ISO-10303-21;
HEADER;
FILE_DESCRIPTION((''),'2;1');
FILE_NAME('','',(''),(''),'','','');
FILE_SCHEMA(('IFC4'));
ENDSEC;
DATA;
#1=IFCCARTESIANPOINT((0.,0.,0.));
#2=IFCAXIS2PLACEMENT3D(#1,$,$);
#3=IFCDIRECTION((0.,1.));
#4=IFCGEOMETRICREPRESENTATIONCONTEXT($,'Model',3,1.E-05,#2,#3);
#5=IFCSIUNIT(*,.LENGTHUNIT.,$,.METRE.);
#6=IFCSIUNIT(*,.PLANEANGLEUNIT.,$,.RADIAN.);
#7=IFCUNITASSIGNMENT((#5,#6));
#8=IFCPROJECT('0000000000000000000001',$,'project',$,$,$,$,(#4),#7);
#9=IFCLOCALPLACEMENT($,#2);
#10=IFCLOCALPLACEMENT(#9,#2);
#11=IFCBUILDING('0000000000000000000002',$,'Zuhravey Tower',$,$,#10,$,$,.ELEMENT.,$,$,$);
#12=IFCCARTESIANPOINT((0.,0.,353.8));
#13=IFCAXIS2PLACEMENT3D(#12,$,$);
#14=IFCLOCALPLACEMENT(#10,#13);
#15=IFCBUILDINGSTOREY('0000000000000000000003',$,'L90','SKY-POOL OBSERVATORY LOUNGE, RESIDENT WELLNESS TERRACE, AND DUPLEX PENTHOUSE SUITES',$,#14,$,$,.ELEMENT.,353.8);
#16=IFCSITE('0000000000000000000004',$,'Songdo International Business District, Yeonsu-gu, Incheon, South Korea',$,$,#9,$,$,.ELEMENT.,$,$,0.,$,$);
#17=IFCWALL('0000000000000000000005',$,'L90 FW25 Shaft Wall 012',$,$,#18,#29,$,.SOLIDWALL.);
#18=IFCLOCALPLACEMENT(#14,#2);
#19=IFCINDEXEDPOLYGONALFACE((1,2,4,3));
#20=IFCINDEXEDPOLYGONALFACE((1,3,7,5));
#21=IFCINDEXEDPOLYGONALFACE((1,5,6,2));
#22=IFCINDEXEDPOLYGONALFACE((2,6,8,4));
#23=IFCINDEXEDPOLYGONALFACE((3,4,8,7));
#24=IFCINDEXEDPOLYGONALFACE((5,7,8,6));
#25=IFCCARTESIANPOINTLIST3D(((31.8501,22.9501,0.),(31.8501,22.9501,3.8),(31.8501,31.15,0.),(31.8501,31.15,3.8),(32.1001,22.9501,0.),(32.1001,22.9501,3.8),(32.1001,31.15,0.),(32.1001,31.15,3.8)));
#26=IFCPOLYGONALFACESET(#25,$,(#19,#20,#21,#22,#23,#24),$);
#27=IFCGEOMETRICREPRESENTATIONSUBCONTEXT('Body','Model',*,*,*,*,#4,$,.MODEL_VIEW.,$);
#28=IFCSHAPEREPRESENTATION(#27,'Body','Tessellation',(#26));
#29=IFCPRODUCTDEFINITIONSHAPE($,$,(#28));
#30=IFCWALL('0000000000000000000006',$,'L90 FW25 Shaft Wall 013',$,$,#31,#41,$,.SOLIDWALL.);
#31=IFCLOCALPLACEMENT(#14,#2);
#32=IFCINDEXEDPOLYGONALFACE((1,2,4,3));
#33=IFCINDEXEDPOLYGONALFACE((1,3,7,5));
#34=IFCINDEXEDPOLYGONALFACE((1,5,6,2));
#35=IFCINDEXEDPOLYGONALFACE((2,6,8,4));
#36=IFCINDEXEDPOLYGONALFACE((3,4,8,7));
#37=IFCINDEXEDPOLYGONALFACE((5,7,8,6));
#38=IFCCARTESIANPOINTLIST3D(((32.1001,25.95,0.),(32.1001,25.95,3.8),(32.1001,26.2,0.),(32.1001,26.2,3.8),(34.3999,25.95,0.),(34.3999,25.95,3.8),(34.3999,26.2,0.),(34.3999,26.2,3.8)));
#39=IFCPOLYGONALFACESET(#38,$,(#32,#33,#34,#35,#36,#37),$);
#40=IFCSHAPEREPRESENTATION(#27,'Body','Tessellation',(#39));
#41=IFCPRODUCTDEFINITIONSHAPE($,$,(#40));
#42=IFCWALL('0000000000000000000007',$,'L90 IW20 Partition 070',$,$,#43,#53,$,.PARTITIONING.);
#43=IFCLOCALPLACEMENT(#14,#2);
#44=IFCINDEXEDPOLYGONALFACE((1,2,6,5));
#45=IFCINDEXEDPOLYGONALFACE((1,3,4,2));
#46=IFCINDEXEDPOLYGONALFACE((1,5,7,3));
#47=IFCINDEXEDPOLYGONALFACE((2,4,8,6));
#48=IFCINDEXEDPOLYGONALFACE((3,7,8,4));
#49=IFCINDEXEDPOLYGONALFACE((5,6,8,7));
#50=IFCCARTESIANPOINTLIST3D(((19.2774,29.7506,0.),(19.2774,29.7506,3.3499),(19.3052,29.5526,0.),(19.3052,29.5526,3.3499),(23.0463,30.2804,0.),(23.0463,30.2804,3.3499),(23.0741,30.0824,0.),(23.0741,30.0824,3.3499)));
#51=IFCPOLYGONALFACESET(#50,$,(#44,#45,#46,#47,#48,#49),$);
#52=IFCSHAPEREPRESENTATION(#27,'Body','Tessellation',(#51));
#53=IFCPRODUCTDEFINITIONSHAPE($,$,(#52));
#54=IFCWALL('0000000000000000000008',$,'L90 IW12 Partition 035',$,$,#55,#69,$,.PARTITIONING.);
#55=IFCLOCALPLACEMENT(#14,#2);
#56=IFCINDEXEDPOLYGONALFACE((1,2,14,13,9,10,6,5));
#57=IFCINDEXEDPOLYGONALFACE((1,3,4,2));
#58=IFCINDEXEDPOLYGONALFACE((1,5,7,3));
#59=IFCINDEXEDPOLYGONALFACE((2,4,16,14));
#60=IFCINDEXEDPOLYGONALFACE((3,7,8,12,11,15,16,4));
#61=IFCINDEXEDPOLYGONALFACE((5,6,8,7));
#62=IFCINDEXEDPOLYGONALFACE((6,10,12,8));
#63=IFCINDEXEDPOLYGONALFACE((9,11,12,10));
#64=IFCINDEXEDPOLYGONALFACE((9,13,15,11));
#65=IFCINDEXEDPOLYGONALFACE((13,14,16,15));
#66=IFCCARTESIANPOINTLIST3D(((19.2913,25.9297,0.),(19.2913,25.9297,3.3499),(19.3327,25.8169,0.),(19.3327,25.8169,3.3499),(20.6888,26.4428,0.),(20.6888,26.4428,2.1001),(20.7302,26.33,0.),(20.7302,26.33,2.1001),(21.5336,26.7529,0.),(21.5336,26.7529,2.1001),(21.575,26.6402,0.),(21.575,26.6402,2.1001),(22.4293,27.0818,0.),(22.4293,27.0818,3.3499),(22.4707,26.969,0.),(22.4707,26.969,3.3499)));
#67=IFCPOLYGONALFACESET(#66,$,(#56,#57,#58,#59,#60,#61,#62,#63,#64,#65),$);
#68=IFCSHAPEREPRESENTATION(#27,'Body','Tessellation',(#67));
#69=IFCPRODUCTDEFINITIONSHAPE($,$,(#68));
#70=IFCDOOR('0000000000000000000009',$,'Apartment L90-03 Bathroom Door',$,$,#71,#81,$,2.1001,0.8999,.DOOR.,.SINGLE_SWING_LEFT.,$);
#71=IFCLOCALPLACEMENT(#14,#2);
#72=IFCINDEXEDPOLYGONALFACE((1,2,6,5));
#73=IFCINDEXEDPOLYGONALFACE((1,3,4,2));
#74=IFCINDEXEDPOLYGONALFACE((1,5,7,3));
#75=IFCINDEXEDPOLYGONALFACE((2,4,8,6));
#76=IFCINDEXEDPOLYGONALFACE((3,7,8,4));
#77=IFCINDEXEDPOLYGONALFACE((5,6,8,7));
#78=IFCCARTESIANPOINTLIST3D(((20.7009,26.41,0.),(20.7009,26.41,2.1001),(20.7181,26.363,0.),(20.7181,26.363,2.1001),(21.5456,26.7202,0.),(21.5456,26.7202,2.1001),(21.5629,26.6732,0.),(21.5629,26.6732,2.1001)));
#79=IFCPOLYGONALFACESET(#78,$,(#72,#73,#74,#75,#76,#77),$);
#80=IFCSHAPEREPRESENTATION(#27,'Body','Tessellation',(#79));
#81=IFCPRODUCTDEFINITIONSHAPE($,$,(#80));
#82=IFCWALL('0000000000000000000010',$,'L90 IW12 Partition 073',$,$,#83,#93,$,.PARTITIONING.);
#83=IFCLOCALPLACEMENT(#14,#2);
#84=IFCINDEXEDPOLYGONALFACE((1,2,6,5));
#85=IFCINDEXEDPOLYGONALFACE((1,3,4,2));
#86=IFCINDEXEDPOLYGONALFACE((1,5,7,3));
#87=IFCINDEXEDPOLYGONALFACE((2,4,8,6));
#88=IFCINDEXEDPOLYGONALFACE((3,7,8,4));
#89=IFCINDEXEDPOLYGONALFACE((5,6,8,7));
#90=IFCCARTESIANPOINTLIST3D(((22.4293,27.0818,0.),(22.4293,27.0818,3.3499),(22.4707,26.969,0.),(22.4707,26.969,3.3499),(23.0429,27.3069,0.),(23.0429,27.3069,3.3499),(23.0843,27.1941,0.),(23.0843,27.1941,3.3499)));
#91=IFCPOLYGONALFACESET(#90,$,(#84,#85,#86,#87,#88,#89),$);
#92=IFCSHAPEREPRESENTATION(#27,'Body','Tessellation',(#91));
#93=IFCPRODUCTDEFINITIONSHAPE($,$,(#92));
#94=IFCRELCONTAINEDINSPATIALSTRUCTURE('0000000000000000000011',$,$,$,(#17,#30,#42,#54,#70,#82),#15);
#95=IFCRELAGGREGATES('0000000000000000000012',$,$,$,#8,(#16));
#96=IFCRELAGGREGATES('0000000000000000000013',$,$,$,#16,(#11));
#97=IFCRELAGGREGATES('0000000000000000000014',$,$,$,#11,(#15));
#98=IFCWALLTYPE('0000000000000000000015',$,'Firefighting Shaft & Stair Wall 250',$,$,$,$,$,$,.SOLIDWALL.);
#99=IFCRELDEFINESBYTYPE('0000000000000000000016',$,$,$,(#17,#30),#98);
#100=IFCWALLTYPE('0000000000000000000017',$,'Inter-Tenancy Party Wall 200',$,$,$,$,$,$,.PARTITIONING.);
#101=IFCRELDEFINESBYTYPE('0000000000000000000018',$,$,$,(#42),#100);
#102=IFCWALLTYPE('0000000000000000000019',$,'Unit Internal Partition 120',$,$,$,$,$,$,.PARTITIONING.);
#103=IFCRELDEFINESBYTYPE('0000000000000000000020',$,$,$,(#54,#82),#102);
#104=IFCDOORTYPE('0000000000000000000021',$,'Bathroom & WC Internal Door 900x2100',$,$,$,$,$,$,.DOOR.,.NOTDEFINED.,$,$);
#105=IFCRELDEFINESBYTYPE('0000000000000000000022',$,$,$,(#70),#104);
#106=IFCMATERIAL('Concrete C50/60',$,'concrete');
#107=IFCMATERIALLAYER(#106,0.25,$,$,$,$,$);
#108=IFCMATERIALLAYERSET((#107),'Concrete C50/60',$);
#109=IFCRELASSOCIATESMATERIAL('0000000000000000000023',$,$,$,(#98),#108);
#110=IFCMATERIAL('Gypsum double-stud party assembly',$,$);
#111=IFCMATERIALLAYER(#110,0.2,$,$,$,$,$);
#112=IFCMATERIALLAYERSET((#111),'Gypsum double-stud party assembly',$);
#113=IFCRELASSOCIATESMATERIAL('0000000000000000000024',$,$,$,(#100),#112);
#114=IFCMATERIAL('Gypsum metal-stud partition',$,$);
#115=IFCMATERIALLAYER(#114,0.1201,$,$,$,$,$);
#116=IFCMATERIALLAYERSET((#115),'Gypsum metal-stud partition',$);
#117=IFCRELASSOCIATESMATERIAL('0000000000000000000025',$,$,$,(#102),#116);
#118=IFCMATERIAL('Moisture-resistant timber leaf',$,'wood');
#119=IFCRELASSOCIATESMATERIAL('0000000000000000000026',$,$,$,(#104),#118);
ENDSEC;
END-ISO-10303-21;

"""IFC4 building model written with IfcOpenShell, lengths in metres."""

from ifc_helpers import new_model, si_unit, direction, frame, frame_2d, origin, place, context, subcontext, project, spatial, rectangle, extrude, material, layer, layer_set, type_object, element, fill, save


model = new_model("IFC4")

# Units and contexts
model_context = context("Model", 3, precision=1e-05, world=origin(), true_north=direction((0.0, 1.0)))
body_context = subcontext(model_context, "Body", "Model", "MODEL_VIEW")
ifc_project = project(units=[si_unit("LENGTHUNIT", "METRE"), si_unit("PLANEANGLEUNIT", "RADIAN")], contexts=[model_context])

# Site, building, storey
site_placement = place(None, origin())
site = spatial("IfcSite", under=ifc_project, at=site_placement, Name="Songdo International Business District, Yeonsu-gu, Incheon, South Korea", CompositionType="ELEMENT", RefElevation=0.0)
building_placement = place(site_placement, origin())
building = spatial("IfcBuilding", under=site, at=building_placement, Name="Zuhravey Tower", CompositionType="ELEMENT")
storey_placement = place(building_placement, frame((0.0, 0.0, 353.8)))
storey = spatial("IfcBuildingStorey", under=building, at=storey_placement, Name="L90", Description="SKY-POOL OBSERVATORY LOUNGE, RESIDENT WELLNESS TERRACE, AND DUPLEX PENTHOUSE SUITES", CompositionType="ELEMENT", Elevation=353.8)

# Shared definitions
ifc_material_1 = material(Name="Concrete C50/60", Category="concrete")

# Shared definitions
ifc_layer_1 = layer(ifc_material_1, 0.25)
ifc_layer_set_1 = layer_set([ifc_layer_1], Name="Concrete C50/60")
wall_type_1 = type_object("IfcWallType", Name="Firefighting Shaft & Stair Wall 250", PredefinedType="SOLIDWALL", material=ifc_layer_set_1)

# Walls
wall_1_placement = place(storey_placement, frame((31.9751, 22.95, 0.0), z_axis=(0.0, 0.0, 1.0), x_axis=(0.0, 1.0, 0.0)))
element("IfcWall", 1, at=wall_1_placement, inside=storey, type_object=wall_type_1, Name="L90 FW25 Shaft Wall 012", PredefinedType="SOLIDWALL", context=body_context, shape_type="SweptSolid", body=[
    extrude(rectangle(XDim=8.2, YDim=0.25, at=frame_2d((4.1001, 0.0))), origin(), (0.0, 0.0, 1.0), 3.8),
])
wall_2_placement = place(storey_placement, frame((32.1001, 26.075, 0.0), z_axis=(0.0, 0.0, 1.0), x_axis=(1.0, 0.0, 0.0)))
element("IfcWall", 2, at=wall_2_placement, inside=storey, type_object=wall_type_1, Name="L90 FW25 Shaft Wall 013", PredefinedType="SOLIDWALL", context=body_context, shape_type="SweptSolid", body=[
    extrude(rectangle(XDim=2.2998, YDim=0.25, at=frame_2d((1.1499, 0.0))), origin(), (0.0, 0.0, 1.0), 3.8),
])
ifc_material_2 = material(Name="Gypsum double-stud party assembly")
ifc_layer_2 = layer(ifc_material_2, 0.2)
ifc_layer_set_2 = layer_set([ifc_layer_2], Name="Gypsum double-stud party assembly")
wall_type_2 = type_object("IfcWallType", Name="Inter-Tenancy Party Wall 200", PredefinedType="PARTITIONING", material=ifc_layer_set_2)
wall_3_placement = place(storey_placement, frame((23.0601, 30.1814, 0.0), z_axis=(0.0, 0.0, 1.0), x_axis=(-0.990264, -0.139203, 0.0)))
element("IfcWall", 3, at=wall_3_placement, inside=storey, type_object=wall_type_2, Name="L90 IW20 Partition 070", PredefinedType="PARTITIONING", context=body_context, shape_type="SweptSolid", body=[
    extrude(rectangle(XDim=3.8059, YDim=0.2, at=frame_2d((1.9028, 0.0))), origin(), (0.0, 0.0, 1.0), 3.3499),
])

# Wall, opening, door
ifc_material_3 = material(Name="Gypsum metal-stud partition")
ifc_layer_3 = layer(ifc_material_3, 0.1201)
ifc_layer_set_3 = layer_set([ifc_layer_3], Name="Gypsum metal-stud partition")
wall_type_3 = type_object("IfcWallType", Name="Unit Internal Partition 120", PredefinedType="PARTITIONING", material=ifc_layer_set_3)
wall_4_placement = place(storey_placement, frame((22.45, 27.0254, 0.0), z_axis=(0.0, 0.0, 1.0), x_axis=(-0.938729, -0.344656, 0.0)))
wall_4 = element("IfcWall", 4, at=wall_4_placement, inside=storey, type_object=wall_type_3, Name="L90 IW12 Partition 035", PredefinedType="PARTITIONING", context=body_context, shape_type="SweptSolid", body=[
    extrude(rectangle(XDim=3.3428, YDim=0.1201, at=frame_2d((1.6714, 0.0))), origin(), (0.0, 0.0, 1.0), 3.3499),
])
opening_1_placement = place(wall_4_placement, frame((0.9541, 0.0, 0.0)))
opening_1 = element("IfcOpeningElement", 5, at=opening_1_placement, cuts=wall_4, PredefinedType="OPENING", context=body_context, shape_type="SweptSolid", body=[
    extrude(rectangle(XDim=0.8999, YDim=2.1001, at=frame_2d((0.45, 1.05))), frame((0.0, 0.072, 0.0), z_axis=(0.0, -1.0, 0.0), x_axis=(1.0, 0.0, 0.0)), (0.0, 0.0, 1.0), 0.144),
])
ifc_material_4 = material(Name="Moisture-resistant timber leaf", Category="wood")
door_type_1 = type_object("IfcDoorType", Name="Bathroom & WC Internal Door 900x2100", OperationType="NOTDEFINED", PredefinedType="DOOR", material=ifc_material_4)
door_1_placement = place(opening_1_placement, origin())
door_1 = element("IfcDoor", 6, at=door_1_placement, inside=storey, type_object=door_type_1, Name="Apartment L90-03 Bathroom Door", OperationType="SINGLE_SWING_LEFT", OverallHeight=2.1001, OverallWidth=0.8999, PredefinedType="DOOR", context=body_context, shape_type="SweptSolid", body=[
    extrude(rectangle(XDim=0.8999, YDim=2.1001, at=frame_2d((0.45, 1.05))), frame((0.0, 0.0249, 0.0), z_axis=(0.0, -1.0, 0.0), x_axis=(1.0, 0.0, 0.0)), (0.0, 0.0, 1.0), 0.05),
])
fill(opening_1, door_1)

# Wall
wall_5_placement = place(storey_placement, frame((23.0635, 27.2505, 0.0), z_axis=(0.0, 0.0, 1.0), x_axis=(-0.938808, -0.344441, 0.0)))
element("IfcWall", 7, at=wall_5_placement, inside=storey, type_object=wall_type_3, Name="L90 IW12 Partition 073", PredefinedType="PARTITIONING", context=body_context, shape_type="SweptSolid", body=[
    extrude(rectangle(XDim=0.6536, YDim=0.1201, at=frame_2d((0.3267, 0.0))), origin(), (0.0, 0.0, 1.0), 3.3499),
])

save(model, "model.ifc")
